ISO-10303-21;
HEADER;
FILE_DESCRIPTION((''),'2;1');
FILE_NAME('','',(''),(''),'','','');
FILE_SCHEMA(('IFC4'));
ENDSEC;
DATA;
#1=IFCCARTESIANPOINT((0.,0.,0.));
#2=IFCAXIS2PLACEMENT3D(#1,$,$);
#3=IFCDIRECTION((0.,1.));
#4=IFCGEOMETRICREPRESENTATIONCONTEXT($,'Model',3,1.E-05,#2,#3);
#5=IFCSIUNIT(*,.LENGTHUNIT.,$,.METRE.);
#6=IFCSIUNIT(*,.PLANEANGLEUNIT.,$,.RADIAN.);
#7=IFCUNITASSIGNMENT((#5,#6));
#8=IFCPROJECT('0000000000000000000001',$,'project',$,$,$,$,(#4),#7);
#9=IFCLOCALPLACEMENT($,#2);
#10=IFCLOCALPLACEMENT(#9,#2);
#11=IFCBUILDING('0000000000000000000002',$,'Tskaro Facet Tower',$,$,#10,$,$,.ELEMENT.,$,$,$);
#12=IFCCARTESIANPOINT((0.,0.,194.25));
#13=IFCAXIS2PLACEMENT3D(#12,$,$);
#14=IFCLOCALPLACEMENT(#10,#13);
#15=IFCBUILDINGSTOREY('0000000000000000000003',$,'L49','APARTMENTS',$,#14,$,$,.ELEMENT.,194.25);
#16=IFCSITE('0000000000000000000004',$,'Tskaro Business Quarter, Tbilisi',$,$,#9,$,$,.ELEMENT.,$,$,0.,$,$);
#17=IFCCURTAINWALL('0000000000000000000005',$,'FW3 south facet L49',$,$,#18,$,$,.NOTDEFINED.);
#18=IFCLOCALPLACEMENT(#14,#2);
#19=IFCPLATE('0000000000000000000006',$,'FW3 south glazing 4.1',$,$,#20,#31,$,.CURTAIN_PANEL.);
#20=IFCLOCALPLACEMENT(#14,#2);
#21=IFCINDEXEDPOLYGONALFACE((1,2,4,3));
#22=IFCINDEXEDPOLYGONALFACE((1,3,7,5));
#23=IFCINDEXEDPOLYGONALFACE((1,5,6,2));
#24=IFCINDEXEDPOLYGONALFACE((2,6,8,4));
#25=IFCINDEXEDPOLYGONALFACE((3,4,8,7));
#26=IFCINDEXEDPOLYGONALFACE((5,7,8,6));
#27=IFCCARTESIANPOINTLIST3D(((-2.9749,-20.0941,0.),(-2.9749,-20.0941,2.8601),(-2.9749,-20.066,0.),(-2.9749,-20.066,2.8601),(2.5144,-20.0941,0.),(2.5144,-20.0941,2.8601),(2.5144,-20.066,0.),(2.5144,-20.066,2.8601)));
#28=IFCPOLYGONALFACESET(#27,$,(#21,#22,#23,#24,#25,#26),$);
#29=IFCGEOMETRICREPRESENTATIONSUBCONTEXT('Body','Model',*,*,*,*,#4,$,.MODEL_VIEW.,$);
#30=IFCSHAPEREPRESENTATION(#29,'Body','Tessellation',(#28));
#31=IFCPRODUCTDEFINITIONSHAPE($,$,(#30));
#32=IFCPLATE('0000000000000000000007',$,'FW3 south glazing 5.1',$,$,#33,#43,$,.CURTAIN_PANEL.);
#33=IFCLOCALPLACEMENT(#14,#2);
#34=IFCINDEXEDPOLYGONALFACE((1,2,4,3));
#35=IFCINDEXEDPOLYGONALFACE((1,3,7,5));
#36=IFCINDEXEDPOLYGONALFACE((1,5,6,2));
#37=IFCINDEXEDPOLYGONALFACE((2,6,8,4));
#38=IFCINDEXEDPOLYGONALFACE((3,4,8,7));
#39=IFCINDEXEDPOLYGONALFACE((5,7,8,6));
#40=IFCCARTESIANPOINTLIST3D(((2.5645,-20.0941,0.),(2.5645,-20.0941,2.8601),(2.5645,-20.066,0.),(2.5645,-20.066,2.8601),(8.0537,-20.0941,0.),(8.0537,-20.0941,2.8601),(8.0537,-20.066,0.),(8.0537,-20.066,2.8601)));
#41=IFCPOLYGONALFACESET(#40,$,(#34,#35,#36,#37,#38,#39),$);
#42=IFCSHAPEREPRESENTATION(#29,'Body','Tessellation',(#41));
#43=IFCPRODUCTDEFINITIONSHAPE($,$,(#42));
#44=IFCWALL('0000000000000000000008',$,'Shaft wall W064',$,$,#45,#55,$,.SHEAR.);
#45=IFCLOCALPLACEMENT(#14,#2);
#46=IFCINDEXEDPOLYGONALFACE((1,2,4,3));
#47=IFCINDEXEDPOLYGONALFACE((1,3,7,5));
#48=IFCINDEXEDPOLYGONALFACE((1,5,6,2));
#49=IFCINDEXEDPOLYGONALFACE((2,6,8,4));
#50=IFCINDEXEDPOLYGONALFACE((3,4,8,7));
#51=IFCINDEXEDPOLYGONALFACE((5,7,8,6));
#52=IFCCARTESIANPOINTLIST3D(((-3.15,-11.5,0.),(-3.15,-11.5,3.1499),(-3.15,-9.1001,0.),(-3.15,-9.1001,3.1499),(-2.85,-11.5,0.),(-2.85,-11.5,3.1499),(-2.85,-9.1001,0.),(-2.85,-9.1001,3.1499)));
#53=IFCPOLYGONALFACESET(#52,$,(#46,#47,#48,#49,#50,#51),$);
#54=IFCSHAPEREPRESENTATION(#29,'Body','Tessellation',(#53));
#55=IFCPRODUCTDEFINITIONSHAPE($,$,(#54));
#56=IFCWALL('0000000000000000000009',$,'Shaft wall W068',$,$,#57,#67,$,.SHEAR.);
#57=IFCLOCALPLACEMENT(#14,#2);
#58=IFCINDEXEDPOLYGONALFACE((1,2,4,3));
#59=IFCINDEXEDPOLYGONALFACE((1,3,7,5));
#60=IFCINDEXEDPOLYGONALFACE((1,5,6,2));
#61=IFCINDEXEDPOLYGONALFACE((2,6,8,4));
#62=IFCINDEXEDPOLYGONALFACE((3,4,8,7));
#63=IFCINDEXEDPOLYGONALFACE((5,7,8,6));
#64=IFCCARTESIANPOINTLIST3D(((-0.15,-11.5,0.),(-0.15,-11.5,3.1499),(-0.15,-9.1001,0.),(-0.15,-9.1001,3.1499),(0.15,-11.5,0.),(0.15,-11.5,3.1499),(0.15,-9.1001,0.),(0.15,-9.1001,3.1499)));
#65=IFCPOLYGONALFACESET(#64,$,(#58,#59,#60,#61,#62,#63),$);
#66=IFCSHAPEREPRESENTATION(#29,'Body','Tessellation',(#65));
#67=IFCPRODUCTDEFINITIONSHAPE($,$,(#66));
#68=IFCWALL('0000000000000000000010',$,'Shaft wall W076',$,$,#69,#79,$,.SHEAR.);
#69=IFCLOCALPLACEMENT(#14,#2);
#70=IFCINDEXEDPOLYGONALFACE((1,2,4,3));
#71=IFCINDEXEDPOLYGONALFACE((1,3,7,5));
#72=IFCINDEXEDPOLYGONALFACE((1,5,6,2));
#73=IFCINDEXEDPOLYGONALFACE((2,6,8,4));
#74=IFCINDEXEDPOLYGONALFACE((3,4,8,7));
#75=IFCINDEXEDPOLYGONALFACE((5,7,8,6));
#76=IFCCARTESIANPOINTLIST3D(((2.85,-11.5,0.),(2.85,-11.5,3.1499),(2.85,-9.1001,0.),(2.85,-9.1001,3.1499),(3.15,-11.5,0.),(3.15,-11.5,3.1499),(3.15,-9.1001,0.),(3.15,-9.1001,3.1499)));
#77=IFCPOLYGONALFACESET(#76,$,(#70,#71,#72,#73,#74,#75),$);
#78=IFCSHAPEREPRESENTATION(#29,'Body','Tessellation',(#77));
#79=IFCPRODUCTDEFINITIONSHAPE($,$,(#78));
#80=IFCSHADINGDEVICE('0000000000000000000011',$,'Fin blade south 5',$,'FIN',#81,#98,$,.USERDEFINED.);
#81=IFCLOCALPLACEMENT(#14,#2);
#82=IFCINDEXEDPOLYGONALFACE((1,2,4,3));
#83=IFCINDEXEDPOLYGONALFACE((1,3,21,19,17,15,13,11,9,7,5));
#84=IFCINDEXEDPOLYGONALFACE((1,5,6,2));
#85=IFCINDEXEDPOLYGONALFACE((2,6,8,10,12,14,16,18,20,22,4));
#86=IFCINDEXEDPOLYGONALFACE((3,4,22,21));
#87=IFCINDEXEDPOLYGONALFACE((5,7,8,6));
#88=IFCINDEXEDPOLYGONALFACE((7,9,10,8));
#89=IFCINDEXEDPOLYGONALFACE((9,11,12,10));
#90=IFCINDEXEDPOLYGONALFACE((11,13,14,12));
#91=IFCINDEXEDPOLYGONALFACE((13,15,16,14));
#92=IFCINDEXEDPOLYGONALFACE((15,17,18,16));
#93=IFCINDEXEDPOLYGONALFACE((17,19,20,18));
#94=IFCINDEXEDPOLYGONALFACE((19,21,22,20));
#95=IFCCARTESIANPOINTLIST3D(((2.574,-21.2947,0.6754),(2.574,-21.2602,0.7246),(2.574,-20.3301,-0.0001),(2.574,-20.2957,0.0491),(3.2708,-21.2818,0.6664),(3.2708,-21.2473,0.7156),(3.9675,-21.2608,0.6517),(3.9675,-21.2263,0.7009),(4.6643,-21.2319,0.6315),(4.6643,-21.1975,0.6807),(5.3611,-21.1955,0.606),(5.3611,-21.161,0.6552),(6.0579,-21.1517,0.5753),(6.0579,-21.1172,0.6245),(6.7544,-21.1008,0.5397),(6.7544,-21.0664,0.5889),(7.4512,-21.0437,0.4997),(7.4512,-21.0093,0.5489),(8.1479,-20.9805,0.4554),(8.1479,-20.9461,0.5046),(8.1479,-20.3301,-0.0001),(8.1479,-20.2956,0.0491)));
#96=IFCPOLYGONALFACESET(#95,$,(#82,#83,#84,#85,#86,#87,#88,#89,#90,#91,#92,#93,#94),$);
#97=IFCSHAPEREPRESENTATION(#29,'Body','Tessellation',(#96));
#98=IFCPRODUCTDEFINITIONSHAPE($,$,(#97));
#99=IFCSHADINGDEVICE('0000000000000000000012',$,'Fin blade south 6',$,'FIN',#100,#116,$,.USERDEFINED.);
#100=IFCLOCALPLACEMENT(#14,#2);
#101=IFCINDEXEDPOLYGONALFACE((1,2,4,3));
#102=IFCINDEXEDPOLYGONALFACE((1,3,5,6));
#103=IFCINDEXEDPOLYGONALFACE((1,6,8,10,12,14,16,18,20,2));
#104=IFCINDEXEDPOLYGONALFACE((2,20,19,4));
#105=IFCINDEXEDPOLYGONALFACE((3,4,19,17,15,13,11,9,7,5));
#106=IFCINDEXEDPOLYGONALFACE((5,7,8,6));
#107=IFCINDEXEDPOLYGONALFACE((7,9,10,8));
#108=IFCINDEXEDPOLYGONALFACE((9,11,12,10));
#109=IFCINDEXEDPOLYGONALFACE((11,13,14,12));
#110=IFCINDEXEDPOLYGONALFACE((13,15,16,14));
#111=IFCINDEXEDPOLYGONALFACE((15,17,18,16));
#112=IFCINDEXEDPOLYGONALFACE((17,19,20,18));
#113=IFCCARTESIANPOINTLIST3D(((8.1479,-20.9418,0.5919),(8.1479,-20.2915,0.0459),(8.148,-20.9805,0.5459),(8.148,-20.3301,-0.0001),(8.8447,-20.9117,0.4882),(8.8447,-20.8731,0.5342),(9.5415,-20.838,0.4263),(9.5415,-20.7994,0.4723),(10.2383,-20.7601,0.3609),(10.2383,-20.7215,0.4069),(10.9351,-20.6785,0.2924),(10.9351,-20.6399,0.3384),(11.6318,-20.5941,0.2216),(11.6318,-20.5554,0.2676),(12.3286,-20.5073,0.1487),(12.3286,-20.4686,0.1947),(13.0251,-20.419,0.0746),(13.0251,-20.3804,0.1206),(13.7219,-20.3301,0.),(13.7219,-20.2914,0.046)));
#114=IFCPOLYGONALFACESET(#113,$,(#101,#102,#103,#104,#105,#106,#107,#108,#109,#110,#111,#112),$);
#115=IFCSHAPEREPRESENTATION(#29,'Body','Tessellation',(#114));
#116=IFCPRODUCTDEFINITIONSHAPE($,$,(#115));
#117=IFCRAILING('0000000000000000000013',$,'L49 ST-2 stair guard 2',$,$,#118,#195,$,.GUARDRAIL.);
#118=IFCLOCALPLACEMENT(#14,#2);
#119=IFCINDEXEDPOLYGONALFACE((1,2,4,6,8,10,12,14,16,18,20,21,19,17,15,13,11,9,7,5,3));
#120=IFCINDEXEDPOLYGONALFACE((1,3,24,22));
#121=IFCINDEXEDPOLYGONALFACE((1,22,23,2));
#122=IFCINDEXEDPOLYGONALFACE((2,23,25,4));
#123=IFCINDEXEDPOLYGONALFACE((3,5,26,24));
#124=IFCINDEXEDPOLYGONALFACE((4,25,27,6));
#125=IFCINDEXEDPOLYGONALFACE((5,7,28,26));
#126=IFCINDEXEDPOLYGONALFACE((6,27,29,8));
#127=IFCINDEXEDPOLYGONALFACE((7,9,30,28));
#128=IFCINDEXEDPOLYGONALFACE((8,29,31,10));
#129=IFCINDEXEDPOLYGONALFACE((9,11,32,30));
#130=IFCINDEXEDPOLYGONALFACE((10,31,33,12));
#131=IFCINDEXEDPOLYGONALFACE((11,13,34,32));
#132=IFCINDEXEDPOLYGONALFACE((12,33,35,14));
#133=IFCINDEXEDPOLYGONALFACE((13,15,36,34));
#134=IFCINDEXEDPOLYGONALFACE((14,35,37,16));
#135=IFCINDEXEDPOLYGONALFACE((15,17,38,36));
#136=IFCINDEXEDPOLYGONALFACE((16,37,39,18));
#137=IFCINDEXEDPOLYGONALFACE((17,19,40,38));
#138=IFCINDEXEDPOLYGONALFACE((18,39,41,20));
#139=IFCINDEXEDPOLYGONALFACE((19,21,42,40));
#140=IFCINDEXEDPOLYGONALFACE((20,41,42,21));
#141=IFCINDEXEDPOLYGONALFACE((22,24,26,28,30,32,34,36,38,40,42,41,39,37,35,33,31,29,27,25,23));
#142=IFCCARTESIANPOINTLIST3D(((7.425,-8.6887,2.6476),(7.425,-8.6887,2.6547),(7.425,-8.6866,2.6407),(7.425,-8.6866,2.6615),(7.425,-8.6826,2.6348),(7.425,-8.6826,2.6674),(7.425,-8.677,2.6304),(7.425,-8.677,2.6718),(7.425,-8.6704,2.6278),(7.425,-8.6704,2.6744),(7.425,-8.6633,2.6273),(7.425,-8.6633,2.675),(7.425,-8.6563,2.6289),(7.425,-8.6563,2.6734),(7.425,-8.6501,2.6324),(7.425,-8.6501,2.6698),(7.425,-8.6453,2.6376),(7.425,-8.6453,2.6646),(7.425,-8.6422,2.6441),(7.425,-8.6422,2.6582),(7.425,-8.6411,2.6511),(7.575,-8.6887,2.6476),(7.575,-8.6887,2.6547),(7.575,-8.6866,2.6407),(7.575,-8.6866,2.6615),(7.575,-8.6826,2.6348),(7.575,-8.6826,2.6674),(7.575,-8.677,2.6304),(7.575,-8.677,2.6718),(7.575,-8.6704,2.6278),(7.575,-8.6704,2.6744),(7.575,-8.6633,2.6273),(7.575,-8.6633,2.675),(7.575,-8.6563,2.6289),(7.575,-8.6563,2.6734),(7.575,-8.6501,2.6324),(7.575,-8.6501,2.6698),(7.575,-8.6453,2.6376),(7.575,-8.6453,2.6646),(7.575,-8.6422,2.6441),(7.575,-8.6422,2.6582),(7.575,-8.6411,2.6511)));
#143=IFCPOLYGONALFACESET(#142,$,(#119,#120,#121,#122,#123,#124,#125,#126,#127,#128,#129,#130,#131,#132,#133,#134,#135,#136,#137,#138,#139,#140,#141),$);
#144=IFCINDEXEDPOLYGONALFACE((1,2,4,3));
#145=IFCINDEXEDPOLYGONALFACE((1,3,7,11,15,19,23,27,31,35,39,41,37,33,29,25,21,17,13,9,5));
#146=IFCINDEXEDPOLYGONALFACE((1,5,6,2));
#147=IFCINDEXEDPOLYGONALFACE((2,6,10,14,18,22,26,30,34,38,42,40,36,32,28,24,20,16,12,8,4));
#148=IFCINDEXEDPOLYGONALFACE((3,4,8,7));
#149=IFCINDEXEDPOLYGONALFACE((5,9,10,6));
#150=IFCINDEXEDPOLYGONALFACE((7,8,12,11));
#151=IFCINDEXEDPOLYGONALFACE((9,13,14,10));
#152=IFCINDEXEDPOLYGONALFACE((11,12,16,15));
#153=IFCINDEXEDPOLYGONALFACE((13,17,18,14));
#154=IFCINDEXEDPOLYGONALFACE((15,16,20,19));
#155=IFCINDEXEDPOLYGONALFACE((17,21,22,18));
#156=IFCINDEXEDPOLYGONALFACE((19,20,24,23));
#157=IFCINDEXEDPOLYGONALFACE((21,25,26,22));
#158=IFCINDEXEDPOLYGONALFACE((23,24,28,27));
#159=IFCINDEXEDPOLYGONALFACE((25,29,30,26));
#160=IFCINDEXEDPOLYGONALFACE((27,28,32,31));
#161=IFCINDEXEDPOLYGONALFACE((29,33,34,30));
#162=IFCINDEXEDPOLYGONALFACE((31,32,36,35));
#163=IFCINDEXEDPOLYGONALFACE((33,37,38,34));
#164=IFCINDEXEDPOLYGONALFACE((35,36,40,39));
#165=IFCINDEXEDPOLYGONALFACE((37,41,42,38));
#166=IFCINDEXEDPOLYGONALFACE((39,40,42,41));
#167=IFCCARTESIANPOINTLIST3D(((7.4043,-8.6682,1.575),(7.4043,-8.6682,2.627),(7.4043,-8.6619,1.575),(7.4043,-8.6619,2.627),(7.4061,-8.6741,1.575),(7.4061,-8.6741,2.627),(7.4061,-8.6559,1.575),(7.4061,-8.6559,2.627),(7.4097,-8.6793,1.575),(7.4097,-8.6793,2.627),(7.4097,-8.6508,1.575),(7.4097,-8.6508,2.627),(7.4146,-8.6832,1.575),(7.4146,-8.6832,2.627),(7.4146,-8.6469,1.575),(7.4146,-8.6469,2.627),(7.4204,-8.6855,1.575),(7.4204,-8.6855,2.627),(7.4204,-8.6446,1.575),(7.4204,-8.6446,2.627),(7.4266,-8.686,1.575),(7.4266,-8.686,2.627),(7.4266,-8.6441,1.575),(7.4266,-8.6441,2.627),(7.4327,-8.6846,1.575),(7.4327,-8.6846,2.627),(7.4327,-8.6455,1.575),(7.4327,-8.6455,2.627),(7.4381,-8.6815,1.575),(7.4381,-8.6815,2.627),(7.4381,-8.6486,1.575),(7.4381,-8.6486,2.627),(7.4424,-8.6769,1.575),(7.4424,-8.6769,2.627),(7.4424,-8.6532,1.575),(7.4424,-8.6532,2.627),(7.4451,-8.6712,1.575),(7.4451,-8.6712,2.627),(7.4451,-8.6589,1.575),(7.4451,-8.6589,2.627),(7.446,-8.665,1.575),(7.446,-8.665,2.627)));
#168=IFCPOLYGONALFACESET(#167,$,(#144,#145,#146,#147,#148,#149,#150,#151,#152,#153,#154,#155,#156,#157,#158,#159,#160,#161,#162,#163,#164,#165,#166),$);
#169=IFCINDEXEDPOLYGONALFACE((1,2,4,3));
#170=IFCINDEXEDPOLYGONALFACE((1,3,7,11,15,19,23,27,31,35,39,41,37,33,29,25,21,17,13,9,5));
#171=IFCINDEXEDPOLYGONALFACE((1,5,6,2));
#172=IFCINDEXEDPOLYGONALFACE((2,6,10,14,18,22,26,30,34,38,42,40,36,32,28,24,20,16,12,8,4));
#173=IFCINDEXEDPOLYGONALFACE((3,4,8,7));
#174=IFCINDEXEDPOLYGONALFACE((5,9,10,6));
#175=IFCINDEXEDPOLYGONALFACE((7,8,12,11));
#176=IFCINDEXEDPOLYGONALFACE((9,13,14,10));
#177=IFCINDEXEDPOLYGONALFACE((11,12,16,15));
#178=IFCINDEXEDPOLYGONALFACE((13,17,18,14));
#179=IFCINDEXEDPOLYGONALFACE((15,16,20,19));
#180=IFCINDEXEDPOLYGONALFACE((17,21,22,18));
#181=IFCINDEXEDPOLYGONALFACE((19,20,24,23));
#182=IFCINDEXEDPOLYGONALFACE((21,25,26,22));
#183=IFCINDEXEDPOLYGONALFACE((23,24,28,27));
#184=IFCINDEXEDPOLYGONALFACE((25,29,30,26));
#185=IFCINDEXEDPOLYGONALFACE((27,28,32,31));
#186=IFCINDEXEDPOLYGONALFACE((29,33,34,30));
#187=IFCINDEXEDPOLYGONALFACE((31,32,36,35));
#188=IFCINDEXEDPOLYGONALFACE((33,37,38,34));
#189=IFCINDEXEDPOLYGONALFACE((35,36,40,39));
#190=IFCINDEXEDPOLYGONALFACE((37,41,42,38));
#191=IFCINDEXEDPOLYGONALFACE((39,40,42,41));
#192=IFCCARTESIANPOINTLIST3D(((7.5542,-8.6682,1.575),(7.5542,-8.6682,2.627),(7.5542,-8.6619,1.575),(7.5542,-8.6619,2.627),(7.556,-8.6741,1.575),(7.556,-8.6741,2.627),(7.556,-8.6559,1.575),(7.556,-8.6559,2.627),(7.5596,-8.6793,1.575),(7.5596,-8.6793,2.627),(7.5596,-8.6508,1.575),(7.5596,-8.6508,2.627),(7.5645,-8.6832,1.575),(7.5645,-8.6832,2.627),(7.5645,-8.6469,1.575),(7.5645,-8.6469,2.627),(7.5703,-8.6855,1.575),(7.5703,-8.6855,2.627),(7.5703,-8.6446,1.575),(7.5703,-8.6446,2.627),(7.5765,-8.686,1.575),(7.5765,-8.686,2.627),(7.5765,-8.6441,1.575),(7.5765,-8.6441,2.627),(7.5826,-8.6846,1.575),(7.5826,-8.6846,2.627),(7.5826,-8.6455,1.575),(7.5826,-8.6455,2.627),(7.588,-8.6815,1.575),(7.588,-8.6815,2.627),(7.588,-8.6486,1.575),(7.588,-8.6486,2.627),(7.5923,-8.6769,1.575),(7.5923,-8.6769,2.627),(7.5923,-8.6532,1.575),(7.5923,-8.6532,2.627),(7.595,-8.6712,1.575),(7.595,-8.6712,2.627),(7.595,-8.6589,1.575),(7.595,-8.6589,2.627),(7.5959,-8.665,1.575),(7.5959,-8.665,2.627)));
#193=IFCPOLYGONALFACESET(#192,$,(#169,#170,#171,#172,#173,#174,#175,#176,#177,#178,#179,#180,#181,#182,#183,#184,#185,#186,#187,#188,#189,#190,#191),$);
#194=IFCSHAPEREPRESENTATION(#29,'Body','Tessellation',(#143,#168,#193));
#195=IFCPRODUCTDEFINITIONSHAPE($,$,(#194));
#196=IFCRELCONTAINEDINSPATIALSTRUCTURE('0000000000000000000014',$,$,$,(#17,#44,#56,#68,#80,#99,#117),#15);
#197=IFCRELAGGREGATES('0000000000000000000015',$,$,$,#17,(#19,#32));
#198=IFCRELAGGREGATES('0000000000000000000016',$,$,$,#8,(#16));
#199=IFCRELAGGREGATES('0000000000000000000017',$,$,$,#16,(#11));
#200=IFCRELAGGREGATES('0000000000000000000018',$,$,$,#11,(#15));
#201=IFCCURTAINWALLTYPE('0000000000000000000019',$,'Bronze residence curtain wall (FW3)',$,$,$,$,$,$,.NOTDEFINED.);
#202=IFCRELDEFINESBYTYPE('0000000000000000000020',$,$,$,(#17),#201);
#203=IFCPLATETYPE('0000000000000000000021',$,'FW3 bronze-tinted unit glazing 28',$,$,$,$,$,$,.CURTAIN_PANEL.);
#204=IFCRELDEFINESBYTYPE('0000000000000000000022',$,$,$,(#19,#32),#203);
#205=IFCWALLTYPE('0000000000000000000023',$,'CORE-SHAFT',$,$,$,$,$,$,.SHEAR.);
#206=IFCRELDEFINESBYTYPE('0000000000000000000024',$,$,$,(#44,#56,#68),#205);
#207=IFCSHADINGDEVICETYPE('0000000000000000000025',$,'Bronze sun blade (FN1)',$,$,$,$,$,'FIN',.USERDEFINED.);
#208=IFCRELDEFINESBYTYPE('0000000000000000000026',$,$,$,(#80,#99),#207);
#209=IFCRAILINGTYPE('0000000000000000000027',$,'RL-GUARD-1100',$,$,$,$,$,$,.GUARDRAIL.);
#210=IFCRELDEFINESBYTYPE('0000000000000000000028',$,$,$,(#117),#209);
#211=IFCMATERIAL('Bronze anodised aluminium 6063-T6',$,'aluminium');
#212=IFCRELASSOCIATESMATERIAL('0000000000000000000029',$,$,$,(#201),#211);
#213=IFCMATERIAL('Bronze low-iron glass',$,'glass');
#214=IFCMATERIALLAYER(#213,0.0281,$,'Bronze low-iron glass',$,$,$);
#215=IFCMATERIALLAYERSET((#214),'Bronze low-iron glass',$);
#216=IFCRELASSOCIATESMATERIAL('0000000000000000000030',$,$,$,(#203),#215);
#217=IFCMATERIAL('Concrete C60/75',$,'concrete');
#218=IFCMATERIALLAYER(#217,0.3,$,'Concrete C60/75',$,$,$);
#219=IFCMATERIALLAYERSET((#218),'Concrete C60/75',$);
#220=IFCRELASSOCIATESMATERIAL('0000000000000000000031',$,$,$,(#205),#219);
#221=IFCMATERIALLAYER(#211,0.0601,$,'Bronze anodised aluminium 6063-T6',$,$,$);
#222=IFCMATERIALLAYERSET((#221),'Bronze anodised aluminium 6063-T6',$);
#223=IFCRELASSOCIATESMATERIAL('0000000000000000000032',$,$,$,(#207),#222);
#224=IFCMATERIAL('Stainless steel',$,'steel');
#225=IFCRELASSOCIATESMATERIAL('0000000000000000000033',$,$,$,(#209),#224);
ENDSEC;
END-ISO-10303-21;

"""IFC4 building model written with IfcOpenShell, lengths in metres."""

from ifc_helpers import new_model, si_unit, direction, frame, frame_2d, origin, origin_2d, place, context, subcontext, project, spatial, polyline, rectangle, circle, outline, extrude, material, layer, layer_set, type_object, element, aggregate, save


model = new_model("IFC4")

# Units and contexts
model_context = context("Model", 3, precision=1e-05, world=origin(), true_north=direction((0.0, 1.0)))
body_context = subcontext(model_context, "Body", "Model", "MODEL_VIEW")
ifc_project = project(units=[si_unit("LENGTHUNIT", "METRE"), si_unit("PLANEANGLEUNIT", "RADIAN")], contexts=[model_context])

# Site, building, storey
site_placement = place(None, origin())
site = spatial("IfcSite", under=ifc_project, at=site_placement, Name="Tskaro Business Quarter, Tbilisi", CompositionType="ELEMENT", RefElevation=0.0)
building_placement = place(site_placement, origin())
building = spatial("IfcBuilding", under=site, at=building_placement, Name="Tskaro Facet Tower", CompositionType="ELEMENT")
storey_placement = place(building_placement, frame((0.0, 0.0, 194.25)))
storey = spatial("IfcBuildingStorey", under=building, at=storey_placement, Name="L49", Description="APARTMENTS", CompositionType="ELEMENT", Elevation=194.25)

# Curtain wall
ifc_material_1 = material(Name="Bronze anodised aluminium 6063-T6", Category="aluminium")
curtain_wall_type = type_object("IfcCurtainWallType", Name="Bronze residence curtain wall (FW3)", PredefinedType="NOTDEFINED", material=ifc_material_1)
curtain_wall_placement = place(storey_placement, origin())
curtain_wall = element("IfcCurtainWall", 1, at=curtain_wall_placement, inside=storey, type_object=curtain_wall_type, Name="FW3 south facet L49", PredefinedType="NOTDEFINED")

# Plates
ifc_material_2 = material(Name="Bronze low-iron glass", Category="glass")
ifc_layer_1 = layer(ifc_material_2, 0.0281, Name="Bronze low-iron glass")
ifc_layer_set_1 = layer_set([ifc_layer_1], Name="Bronze low-iron glass")
plate_type = type_object("IfcPlateType", Name="FW3 bronze-tinted unit glazing 28", PredefinedType="CURTAIN_PANEL", material=ifc_layer_set_1)
plate_1_placement = place(storey_placement, frame((-0.2302, -20.0801, 0.0), z_axis=(0.0, 0.0, 1.0), x_axis=(1.0, 0.0, 0.0)))
plate_1 = element("IfcPlate", 2, at=plate_1_placement, type_object=plate_type, Name="FW3 south glazing 4.1", PredefinedType="CURTAIN_PANEL", context=body_context, shape_type="SweptSolid", body=[
    extrude(rectangle(XDim=5.4893, YDim=0.0281, at=origin_2d()), origin(), (0.0, 0.0, 1.0), 2.8601),
])
plate_2_placement = place(storey_placement, frame((5.3091, -20.0801, 0.0), z_axis=(0.0, 0.0, 1.0), x_axis=(1.0, 0.0, 0.0)))
plate_2 = element("IfcPlate", 3, at=plate_2_placement, type_object=plate_type, Name="FW3 south glazing 5.1", PredefinedType="CURTAIN_PANEL", context=body_context, shape_type="SweptSolid", body=[
    extrude(rectangle(XDim=5.4893, YDim=0.0281, at=origin_2d()), origin(), (0.0, 0.0, 1.0), 2.8601),
])
aggregate(curtain_wall, [plate_1, plate_2])

# Walls
ifc_material_3 = material(Name="Concrete C60/75", Category="concrete")
ifc_layer_2 = layer(ifc_material_3, 0.3, Name="Concrete C60/75")
ifc_layer_set_2 = layer_set([ifc_layer_2], Name="Concrete C60/75")
wall_type = type_object("IfcWallType", Name="CORE-SHAFT", PredefinedType="SHEAR", material=ifc_layer_set_2)
for number, where, z_axis, x_axis, name in (
    (4, (-3.0, -11.5, 0.0), (0.0, 0.0, 1.0), (0.0, 1.0, 0.0), "Shaft wall W064"),
    (5, (0.0, -11.5, 0.0), (0.0, 0.0, 1.0), (0.0, 1.0, 0.0), "Shaft wall W068"),
    (6, (3.0, -11.5, 0.0), (0.0, 0.0, 1.0), (0.0, 1.0, 0.0), "Shaft wall W076"),
):
    element("IfcWall", number, at=place(storey_placement, frame(where, z_axis=z_axis, x_axis=x_axis)), inside=storey, type_object=wall_type, Name=name, PredefinedType="SHEAR", context=body_context, shape_type="SweptSolid", body=[
        extrude(rectangle(XDim=2.3999, YDim=0.3, at=frame_2d((1.2, 0.0))), origin(), (0.0, 0.0, 1.0), 3.1499),
    ])

# Shading devices
ifc_layer_3 = layer(ifc_material_1, 0.0601, Name="Bronze anodised aluminium 6063-T6")
ifc_layer_set_3 = layer_set([ifc_layer_3], Name="Bronze anodised aluminium 6063-T6")
shading_device_type = type_object("IfcShadingDeviceType", Name="Bronze sun blade (FN1)", ElementType="FIN", PredefinedType="USERDEFINED", material=ifc_layer_set_3)
shading_device_1_placement = place(storey_placement, frame((2.574, -20.2957, 0.0491), z_axis=(-0.000005, 0.57365, 0.819101), x_axis=(1.0, 0.000003, 0.000004)))
element("IfcShadingDevice", 7, at=shading_device_1_placement, inside=storey, type_object=shading_device_type, Name="Fin blade south 5", ObjectType="FIN", PredefinedType="USERDEFINED", context=body_context, shape_type="SweptSolid", body=[
    extrude(outline(polyline([(0.0, 0.0), (5.574, 0.0), (5.574, -0.7941), (4.8772, -0.8712), (4.1804, -0.941), (3.4839, -1.003), (2.7871, -1.0565), (2.0903, -1.101), (1.3936, -1.1362), (0.6968, -1.1618), (0.0, -1.1776), (0.0, 0.0)])), origin(), (0.0, 0.0, -1.0), 0.0601),
])
shading_device_2_placement = place(storey_placement, frame((8.1479, -20.2915, 0.0459), z_axis=(-0.000016, 0.642976, 0.765886), x_axis=(1.0, 0.00001, 0.000012)))
element("IfcShadingDevice", 8, at=shading_device_2_placement, inside=storey, type_object=shading_device_type, Name="Fin blade south 6", ObjectType="FIN", PredefinedType="USERDEFINED", context=body_context, shape_type="SweptSolid", body=[
    extrude(outline(polyline([(0.0, 0.0), (5.574, 0.0), (4.8772, -0.1161), (4.1807, -0.2313), (3.4839, -0.3447), (2.7871, -0.4549), (2.0903, -0.5614), (1.3936, -0.6632), (0.6968, -0.7593), (0.0, -0.8491), (0.0, 0.0)])), origin(), (0.0, 0.0, -1.0), 0.0601),
])

# Railing
ifc_material_4 = material(Name="Stainless steel", Category="steel")
railing_type = type_object("IfcRailingType", Name="RL-GUARD-1100", PredefinedType="GUARDRAIL", material=ifc_material_4)
railing_placement = place(storey_placement, frame((7.425, -8.665, 1.575)))
element("IfcRailing", 9, at=railing_placement, inside=storey, type_object=railing_type, Name="L49 ST-2 stair guard 2", PredefinedType="GUARDRAIL", context=body_context, shape_type="SweptSolid", body=[
    extrude(circle(Radius=0.0239, at=origin_2d()), frame((0.0, 0.0, 1.0762), z_axis=(1.0, 0.0, 0.0), x_axis=(0.0, 1.0, 0.0)), (0.0, 0.0, 1.0), 0.1499),
    extrude(circle(Radius=0.021, at=origin_2d()), origin(), (0.0, 0.0, 1.0), 1.052),
    extrude(circle(Radius=0.021, at=origin_2d()), frame((0.1499, 0.0, 0.0)), (0.0, 0.0, 1.0), 1.052),
])

save(model, "model.ifc")
